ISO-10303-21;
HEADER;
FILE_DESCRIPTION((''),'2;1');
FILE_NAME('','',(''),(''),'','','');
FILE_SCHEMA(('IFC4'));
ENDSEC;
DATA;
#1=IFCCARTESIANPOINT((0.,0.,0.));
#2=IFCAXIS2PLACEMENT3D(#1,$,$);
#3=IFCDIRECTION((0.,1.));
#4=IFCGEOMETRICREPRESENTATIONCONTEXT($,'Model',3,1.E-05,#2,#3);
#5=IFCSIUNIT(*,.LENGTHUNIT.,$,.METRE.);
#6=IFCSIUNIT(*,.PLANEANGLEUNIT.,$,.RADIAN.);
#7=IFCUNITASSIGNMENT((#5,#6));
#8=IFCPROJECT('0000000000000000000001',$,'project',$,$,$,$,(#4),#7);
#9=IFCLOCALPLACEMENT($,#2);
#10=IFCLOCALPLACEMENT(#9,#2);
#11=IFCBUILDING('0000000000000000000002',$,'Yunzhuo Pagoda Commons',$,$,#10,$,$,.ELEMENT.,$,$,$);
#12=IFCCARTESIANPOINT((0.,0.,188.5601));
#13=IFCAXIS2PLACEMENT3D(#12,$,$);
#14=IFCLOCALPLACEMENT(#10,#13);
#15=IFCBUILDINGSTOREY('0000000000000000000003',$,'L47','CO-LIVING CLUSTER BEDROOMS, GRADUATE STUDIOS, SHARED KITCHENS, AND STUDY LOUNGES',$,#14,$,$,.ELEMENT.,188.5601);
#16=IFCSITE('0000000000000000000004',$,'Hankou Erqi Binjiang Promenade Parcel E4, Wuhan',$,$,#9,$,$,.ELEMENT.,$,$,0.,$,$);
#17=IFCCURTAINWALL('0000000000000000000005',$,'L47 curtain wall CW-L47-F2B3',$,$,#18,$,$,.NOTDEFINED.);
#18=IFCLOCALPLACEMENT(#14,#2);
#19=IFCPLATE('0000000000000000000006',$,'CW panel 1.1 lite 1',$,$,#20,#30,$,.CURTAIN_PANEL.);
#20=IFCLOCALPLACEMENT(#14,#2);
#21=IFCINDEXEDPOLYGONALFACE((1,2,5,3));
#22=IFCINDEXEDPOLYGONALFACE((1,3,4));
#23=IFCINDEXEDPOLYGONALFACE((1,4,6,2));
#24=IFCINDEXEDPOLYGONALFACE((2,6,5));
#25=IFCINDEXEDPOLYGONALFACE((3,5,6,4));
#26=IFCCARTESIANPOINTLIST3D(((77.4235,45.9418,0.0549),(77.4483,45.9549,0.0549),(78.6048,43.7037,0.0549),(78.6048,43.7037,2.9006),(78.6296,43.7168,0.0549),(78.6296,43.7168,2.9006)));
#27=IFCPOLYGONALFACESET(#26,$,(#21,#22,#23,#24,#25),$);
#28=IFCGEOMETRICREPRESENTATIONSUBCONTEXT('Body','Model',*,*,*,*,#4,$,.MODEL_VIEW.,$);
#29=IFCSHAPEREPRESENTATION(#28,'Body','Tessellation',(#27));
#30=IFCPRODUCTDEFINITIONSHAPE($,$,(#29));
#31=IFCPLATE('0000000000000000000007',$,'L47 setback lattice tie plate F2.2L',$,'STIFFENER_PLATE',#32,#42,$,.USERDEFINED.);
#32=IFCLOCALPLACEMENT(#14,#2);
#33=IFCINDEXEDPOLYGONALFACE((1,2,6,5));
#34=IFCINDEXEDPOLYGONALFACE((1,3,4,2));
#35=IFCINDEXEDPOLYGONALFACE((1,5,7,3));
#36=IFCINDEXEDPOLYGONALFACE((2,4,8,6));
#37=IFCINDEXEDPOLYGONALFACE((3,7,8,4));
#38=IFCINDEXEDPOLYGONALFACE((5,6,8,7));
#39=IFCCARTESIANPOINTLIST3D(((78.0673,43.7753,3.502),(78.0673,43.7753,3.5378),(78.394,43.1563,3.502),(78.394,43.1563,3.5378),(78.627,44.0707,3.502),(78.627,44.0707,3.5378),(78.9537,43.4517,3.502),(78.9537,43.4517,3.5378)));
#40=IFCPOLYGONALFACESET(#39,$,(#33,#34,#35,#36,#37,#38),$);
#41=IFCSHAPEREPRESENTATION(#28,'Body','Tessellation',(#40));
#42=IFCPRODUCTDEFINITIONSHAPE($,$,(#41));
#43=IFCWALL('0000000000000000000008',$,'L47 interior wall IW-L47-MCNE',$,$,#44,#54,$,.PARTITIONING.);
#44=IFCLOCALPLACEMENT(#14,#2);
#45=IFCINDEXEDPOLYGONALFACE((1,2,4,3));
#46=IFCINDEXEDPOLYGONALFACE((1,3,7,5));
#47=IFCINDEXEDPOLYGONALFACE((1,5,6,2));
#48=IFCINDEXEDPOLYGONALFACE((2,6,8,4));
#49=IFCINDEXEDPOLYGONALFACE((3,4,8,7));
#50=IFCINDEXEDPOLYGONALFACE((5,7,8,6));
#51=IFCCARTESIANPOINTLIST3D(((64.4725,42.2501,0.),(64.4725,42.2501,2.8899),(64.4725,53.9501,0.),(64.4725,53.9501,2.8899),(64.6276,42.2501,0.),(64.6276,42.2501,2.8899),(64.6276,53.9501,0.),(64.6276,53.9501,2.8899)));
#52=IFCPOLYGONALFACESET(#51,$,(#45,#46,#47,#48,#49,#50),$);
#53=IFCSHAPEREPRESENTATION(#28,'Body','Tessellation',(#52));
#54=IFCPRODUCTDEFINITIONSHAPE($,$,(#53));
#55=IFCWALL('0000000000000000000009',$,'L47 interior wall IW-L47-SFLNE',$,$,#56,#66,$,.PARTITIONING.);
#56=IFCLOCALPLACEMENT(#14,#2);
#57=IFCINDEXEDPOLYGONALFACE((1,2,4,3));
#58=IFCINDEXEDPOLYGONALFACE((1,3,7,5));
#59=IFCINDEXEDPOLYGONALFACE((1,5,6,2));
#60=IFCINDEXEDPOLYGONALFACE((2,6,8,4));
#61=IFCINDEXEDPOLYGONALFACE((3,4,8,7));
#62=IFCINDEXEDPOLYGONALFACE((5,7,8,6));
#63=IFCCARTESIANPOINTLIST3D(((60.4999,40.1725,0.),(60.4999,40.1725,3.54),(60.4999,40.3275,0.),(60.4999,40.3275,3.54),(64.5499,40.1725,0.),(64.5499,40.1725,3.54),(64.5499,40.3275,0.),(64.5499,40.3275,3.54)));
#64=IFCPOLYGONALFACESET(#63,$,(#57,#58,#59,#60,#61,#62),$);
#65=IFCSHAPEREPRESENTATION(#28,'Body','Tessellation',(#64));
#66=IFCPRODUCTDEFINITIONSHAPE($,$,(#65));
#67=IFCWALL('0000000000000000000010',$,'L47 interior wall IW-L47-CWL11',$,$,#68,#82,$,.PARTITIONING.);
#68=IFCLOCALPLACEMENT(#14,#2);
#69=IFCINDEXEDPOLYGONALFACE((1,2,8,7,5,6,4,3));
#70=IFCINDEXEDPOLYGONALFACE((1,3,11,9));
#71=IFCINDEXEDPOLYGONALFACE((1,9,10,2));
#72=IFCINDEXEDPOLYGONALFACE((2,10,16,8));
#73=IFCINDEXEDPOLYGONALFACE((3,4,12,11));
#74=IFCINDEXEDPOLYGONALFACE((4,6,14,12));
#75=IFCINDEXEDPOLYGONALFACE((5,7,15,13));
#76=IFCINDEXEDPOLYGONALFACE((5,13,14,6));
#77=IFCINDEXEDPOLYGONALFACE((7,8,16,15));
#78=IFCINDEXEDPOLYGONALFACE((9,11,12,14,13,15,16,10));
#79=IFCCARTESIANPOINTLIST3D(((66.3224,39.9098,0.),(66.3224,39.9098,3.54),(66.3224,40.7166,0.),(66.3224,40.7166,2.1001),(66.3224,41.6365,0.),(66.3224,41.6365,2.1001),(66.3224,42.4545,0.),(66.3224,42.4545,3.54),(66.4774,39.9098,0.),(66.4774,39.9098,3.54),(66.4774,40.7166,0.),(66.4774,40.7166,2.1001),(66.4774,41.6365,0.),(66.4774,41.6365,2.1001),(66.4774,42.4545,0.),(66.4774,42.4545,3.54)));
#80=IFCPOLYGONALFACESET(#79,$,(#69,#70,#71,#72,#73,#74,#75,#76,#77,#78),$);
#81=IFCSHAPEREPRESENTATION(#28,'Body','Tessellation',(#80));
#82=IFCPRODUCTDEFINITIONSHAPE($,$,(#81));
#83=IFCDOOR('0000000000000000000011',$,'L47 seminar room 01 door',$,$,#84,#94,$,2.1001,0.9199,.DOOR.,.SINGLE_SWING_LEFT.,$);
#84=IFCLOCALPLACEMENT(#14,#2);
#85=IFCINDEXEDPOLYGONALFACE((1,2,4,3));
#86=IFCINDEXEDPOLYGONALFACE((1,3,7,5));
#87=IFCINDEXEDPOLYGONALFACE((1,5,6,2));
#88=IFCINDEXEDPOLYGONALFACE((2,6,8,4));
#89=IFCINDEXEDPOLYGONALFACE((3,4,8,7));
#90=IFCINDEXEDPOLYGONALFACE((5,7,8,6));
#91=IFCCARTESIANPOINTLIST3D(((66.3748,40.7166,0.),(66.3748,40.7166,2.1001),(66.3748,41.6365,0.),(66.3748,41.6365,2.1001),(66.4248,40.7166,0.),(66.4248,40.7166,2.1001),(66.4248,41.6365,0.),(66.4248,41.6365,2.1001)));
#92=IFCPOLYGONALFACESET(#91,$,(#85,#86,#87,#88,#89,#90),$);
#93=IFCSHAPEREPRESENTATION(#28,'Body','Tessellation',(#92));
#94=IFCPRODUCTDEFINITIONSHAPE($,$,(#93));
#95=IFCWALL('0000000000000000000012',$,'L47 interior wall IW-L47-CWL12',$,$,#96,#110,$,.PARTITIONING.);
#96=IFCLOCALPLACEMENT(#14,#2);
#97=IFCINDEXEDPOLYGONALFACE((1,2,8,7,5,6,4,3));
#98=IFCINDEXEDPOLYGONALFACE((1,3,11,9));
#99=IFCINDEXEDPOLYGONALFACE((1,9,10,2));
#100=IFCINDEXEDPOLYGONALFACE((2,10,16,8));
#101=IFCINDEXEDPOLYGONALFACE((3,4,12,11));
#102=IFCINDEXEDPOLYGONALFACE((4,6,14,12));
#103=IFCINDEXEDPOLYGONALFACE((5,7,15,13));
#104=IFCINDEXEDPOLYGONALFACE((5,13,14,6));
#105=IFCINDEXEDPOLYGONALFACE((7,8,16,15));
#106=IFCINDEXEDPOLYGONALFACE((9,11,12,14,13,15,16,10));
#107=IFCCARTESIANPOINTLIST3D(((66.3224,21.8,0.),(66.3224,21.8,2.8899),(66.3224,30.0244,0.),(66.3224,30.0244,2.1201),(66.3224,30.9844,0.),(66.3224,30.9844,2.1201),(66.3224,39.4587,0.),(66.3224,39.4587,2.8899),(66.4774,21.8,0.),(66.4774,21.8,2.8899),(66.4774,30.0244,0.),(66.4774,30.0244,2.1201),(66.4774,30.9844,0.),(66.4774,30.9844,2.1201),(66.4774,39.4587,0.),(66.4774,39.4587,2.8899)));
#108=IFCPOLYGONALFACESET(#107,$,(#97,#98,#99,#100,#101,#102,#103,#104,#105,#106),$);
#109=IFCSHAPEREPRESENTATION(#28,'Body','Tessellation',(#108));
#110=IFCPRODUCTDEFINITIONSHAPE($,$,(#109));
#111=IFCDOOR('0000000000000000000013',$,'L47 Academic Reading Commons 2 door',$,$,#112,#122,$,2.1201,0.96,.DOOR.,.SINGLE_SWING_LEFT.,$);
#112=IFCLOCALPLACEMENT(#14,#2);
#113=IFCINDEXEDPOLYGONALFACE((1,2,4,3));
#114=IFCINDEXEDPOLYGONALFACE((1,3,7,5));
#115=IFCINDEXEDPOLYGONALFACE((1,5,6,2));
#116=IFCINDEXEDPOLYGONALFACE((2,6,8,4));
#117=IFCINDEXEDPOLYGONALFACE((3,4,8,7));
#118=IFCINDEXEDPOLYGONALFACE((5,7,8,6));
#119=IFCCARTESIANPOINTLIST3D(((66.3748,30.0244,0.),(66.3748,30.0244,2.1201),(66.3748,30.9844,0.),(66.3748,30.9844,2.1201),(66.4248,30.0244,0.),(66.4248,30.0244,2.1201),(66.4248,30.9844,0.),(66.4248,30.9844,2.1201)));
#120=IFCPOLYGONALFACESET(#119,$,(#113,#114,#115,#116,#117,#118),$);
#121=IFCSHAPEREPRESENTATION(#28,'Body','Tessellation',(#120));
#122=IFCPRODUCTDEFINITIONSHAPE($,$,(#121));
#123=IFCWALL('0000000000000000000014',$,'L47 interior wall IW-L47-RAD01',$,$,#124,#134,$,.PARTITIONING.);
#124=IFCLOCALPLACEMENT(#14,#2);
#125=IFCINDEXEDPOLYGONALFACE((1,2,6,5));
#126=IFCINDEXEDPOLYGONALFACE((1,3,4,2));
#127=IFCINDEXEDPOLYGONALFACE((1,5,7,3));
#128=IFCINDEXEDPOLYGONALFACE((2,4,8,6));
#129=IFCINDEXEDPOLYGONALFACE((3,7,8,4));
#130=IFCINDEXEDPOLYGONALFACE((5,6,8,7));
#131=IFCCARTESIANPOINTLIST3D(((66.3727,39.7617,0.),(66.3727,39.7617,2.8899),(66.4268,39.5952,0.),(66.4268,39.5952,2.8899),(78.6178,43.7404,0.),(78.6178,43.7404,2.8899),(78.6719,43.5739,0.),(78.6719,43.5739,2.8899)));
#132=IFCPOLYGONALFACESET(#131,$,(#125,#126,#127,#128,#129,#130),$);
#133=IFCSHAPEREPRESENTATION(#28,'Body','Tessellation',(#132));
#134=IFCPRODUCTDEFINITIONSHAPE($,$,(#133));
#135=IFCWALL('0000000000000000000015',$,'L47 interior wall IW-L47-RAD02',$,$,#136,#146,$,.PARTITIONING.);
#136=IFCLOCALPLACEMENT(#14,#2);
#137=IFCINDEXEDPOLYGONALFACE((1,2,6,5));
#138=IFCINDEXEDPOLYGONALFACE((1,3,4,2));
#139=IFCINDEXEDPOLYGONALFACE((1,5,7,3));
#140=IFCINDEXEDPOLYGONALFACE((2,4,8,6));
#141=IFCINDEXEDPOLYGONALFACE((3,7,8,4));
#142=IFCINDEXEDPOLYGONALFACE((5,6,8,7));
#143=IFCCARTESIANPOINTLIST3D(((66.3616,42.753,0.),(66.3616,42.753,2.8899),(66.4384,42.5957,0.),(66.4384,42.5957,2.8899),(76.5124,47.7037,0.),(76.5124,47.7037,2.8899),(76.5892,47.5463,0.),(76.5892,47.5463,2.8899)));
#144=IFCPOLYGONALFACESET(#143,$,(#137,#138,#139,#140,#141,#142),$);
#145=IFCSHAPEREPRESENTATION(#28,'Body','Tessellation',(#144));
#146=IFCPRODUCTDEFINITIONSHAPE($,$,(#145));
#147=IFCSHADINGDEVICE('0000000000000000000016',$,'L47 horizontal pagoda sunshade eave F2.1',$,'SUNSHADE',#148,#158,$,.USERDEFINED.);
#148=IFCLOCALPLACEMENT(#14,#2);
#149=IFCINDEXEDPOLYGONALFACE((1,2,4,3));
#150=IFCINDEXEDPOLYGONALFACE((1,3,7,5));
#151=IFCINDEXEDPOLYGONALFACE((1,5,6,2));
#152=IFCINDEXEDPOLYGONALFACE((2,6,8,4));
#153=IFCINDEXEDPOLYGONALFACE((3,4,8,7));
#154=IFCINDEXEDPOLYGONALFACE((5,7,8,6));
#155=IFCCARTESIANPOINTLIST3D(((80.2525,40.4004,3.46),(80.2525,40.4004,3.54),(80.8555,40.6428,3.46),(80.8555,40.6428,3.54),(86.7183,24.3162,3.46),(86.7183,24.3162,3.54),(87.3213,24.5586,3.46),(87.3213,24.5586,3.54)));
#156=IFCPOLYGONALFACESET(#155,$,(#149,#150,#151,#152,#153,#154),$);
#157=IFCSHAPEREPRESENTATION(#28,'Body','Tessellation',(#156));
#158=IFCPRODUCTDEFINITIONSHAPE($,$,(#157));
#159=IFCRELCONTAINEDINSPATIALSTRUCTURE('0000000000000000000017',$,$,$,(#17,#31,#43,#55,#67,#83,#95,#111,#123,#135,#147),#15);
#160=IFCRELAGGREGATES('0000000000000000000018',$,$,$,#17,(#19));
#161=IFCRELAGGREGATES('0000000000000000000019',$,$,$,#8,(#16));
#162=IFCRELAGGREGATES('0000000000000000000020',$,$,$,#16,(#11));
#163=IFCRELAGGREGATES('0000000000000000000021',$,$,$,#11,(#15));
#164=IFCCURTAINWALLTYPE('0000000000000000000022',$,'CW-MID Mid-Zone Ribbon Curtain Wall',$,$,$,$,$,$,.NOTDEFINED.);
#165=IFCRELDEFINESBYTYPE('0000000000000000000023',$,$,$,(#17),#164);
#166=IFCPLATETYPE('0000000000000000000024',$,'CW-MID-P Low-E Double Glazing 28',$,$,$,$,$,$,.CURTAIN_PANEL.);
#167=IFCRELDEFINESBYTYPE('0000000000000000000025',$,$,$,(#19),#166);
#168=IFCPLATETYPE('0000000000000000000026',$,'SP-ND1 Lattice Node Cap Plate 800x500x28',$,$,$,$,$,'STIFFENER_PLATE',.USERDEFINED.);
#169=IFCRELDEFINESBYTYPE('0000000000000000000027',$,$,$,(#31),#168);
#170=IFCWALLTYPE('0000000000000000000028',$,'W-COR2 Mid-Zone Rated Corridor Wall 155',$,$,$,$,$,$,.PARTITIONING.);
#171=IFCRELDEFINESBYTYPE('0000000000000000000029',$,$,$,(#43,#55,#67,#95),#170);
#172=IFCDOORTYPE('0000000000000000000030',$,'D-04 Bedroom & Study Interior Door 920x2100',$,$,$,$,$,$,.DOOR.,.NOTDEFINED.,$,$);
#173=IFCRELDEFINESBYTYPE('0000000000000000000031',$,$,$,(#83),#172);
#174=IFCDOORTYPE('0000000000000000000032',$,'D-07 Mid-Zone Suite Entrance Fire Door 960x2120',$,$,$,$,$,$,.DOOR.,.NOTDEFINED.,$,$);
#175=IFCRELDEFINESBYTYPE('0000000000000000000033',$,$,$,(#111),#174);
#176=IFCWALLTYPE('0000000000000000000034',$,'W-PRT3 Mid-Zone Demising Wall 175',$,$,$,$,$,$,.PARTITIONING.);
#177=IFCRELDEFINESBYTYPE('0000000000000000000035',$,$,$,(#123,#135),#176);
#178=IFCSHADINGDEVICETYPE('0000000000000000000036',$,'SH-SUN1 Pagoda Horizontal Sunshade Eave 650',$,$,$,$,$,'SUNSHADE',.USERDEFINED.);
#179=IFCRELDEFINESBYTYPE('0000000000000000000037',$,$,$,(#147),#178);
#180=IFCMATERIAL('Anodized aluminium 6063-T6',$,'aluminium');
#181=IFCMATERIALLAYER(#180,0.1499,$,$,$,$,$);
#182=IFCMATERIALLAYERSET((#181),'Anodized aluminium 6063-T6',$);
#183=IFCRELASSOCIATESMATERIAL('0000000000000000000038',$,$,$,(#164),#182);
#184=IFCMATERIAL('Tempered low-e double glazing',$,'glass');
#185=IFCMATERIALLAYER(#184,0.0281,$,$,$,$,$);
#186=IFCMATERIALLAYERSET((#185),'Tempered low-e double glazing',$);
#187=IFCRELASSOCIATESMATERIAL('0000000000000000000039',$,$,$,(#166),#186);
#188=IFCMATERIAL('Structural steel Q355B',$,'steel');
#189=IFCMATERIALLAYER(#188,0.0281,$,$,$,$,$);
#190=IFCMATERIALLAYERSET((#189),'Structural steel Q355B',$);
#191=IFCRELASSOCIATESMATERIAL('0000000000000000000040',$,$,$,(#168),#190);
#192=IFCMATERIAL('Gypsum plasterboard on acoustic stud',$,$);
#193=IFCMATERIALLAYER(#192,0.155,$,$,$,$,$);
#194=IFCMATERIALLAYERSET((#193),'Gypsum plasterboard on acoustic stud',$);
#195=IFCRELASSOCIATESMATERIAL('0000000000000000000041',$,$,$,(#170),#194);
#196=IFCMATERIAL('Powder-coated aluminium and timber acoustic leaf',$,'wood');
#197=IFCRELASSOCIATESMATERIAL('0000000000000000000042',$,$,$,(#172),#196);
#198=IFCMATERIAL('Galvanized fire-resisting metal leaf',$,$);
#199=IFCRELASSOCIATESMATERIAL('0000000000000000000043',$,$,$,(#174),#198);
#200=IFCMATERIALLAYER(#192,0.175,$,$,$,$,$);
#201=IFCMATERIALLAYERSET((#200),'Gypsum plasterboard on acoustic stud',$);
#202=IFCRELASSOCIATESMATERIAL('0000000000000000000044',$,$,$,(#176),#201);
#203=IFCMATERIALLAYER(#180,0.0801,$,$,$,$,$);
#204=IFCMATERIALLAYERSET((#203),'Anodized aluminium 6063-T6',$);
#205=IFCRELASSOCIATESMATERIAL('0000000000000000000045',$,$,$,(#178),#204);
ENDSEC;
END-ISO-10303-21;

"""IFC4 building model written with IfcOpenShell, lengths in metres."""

from ifc_helpers import new_model, si_unit, direction, frame, frame_2d, origin, origin_with_axes, origin_2d, place, context, subcontext, project, spatial, polyline, rectangle, outline, extrude, source, transform, mapped, material, layer, layer_set, type_object, element, fill, aggregate, save


model = new_model("IFC4")

# Units and contexts
model_context = context("Model", 3, precision=1e-05, world=origin(), true_north=direction((0.0, 1.0)))
body_context = subcontext(model_context, "Body", "Model", "MODEL_VIEW")
ifc_project = project(units=[si_unit("LENGTHUNIT", "METRE"), si_unit("PLANEANGLEUNIT", "RADIAN")], contexts=[model_context])

# Site, building, storey
site_placement = place(None, origin())
site = spatial("IfcSite", under=ifc_project, at=site_placement, Name="Hankou Erqi Binjiang Promenade Parcel E4, Wuhan", CompositionType="ELEMENT", RefElevation=0.0)
building_placement = place(site_placement, origin())
building = spatial("IfcBuilding", under=site, at=building_placement, Name="Yunzhuo Pagoda Commons", CompositionType="ELEMENT")
storey_placement = place(building_placement, frame((0.0, 0.0, 188.5601)))
storey = spatial("IfcBuildingStorey", under=building, at=storey_placement, Name="L47", Description="CO-LIVING CLUSTER BEDROOMS, GRADUATE STUDIOS, SHARED KITCHENS, AND STUDY LOUNGES", CompositionType="ELEMENT", Elevation=188.5601)

# Shared definitions
ifc_material_1 = material(Name="Structural steel Q355B", Category="steel")

# Shared definitions
ifc_material_2 = material(Name="Anodized aluminium 6063-T6", Category="aluminium")
ifc_layer_1 = layer(ifc_material_2, 0.1499)
ifc_layer_set_1 = layer_set([ifc_layer_1], Name="Anodized aluminium 6063-T6")
curtain_wall_type = type_object("IfcCurtainWallType", Name="CW-MID Mid-Zone Ribbon Curtain Wall", PredefinedType="NOTDEFINED", material=ifc_layer_set_1)

# Curtain wall
curtain_wall_1_placement = place(storey_placement, origin())
curtain_wall_1 = element("IfcCurtainWall", 1, at=curtain_wall_1_placement, inside=storey, type_object=curtain_wall_type, Name="L47 curtain wall CW-L47-F2B3", PredefinedType="NOTDEFINED")

# Plates
ifc_material_3 = material(Name="Tempered low-e double glazing", Category="glass")
ifc_layer_2 = layer(ifc_material_3, 0.0281)
ifc_layer_set_2 = layer_set([ifc_layer_2], Name="Tempered low-e double glazing")
plate_type_1 = type_object("IfcPlateType", Name="CW-MID-P Low-E Double Glazing 28", PredefinedType="CURTAIN_PANEL", material=ifc_layer_set_2)
plate_1_placement = place(storey_placement, frame((78.0142, 44.8228, 1.4778), z_axis=(0.884373, 0.466781, 0.0), x_axis=(-0.466781, 0.884373, 0.0)))
plate_1 = element("IfcPlate", 2, at=plate_1_placement, type_object=plate_type_1, Name="CW panel 1.1 lite 1", PredefinedType="CURTAIN_PANEL", context=body_context, shape_type="SweptSolid", body=[
    extrude(outline(polyline([(-1.2654, -1.4229), (1.2654, -1.4229), (-1.2654, 1.4229), (-1.2654, -1.4229)])), origin(), (0.0, 0.0, 1.0), 0.0281),
])
aggregate(curtain_wall_1, [plate_1])
ifc_layer_3 = layer(ifc_material_1, 0.0281)
ifc_layer_set_3 = layer_set([ifc_layer_3], Name="Structural steel Q355B")
plate_type_2 = type_object("IfcPlateType", Name="SP-ND1 Lattice Node Cap Plate 800x500x28", ElementType="STIFFENER_PLATE", PredefinedType="USERDEFINED", material=ifc_layer_set_3)
shared_shape_1 = source(origin(), body_context, "Body", "SweptSolid", [
    extrude(rectangle(XDim=0.7, YDim=0.6328, at=origin_2d()), origin(), (0.0, 0.0, 1.0), 0.0359),
])
plate_2_placement = place(storey_placement, frame((78.5105, 43.6135, 3.502), z_axis=(0.0, 0.0, 1.0), x_axis=(-0.466788, 0.884369, 0.0)))
element("IfcPlate", 3, at=plate_2_placement, inside=storey, type_object=plate_type_2, Name="L47 setback lattice tie plate F2.2L", ObjectType="STIFFENER_PLATE", PredefinedType="USERDEFINED", context=body_context, shape_type="MappedRepresentation", body=[
    mapped(shared_shape_1, transform((0.0, 0.0, 0.0), scale=1.0)),
])

# Walls
ifc_material_4 = material(Name="Gypsum plasterboard on acoustic stud")
ifc_layer_4 = layer(ifc_material_4, 0.155)
ifc_layer_set_4 = layer_set([ifc_layer_4], Name="Gypsum plasterboard on acoustic stud")
wall_type_1 = type_object("IfcWallType", Name="W-COR2 Mid-Zone Rated Corridor Wall 155", PredefinedType="PARTITIONING", material=ifc_layer_set_4)
wall_1_placement = place(storey_placement, frame((64.55, 42.25, 0.0), z_axis=(0.0, 0.0, 1.0), x_axis=(0.0, 1.0, 0.0)))
element("IfcWall", 4, at=wall_1_placement, inside=storey, type_object=wall_type_1, Name="L47 interior wall IW-L47-MCNE", PredefinedType="PARTITIONING", context=body_context, shape_type="SweptSolid", body=[
    extrude(rectangle(XDim=11.7, YDim=0.155, at=frame_2d((5.8501, 0.0))), origin(), (0.0, 0.0, 1.0), 2.8899),
])
wall_2_placement = place(storey_placement, frame((60.5, 40.25, 0.0), z_axis=(0.0, 0.0, 1.0), x_axis=(1.0, 0.0, 0.0)))
element("IfcWall", 5, at=wall_2_placement, inside=storey, type_object=wall_type_1, Name="L47 interior wall IW-L47-SFLNE", PredefinedType="PARTITIONING", context=body_context, shape_type="SweptSolid", body=[
    extrude(rectangle(XDim=4.05, YDim=0.155, at=frame_2d((2.0249, 0.0))), origin(), (0.0, 0.0, 1.0), 3.54),
])

# Walls, openings, doors
wall_3_placement = place(storey_placement, frame((66.3999, 42.4546, 0.0), z_axis=(0.0, 0.0, 1.0), x_axis=(0.0, -1.0, 0.0)))
wall_3 = element("IfcWall", 6, at=wall_3_placement, inside=storey, type_object=wall_type_1, Name="L47 interior wall IW-L47-CWL11", PredefinedType="PARTITIONING", context=body_context, shape_type="SweptSolid", body=[
    extrude(rectangle(XDim=2.5447, YDim=0.155, at=frame_2d((1.2725, 0.0))), origin(), (0.0, 0.0, 1.0), 3.54),
])
opening_1_placement = place(wall_3_placement, frame((0.8181, 0.0, 0.0)))
opening_1 = element("IfcOpeningElement", 7, at=opening_1_placement, cuts=wall_3, PredefinedType="OPENING", context=body_context, shape_type="SweptSolid", body=[
    extrude(rectangle(XDim=0.9199, YDim=2.1001, at=frame_2d((0.46, 1.05))), frame((0.0, 0.0874, 0.0), z_axis=(0.0, -1.0, 0.0), x_axis=(1.0, 0.0, 0.0)), (0.0, 0.0, 1.0), 0.175),
])
ifc_material_5 = material(Name="Powder-coated aluminium and timber acoustic leaf", Category="wood")
door_type_1 = type_object("IfcDoorType", Name="D-04 Bedroom & Study Interior Door 920x2100", OperationType="NOTDEFINED", PredefinedType="DOOR", material=ifc_material_5)
shared_shape_2 = source(origin(), body_context, "Body", "SweptSolid", [
    extrude(rectangle(XDim=0.9199, YDim=2.1001, at=frame_2d((0.46, 1.05))), frame((0.0, 0.0249, 0.0), z_axis=(0.0, -1.0, 0.0), x_axis=(1.0, 0.0, 0.0)), (0.0, 0.0, 1.0), 0.05),
])
door_1_placement = place(opening_1_placement, origin_with_axes())
door_1 = element("IfcDoor", 8, at=door_1_placement, inside=storey, type_object=door_type_1, Name="L47 seminar room 01 door", OperationType="SINGLE_SWING_LEFT", OverallHeight=2.1001, OverallWidth=0.9199, PredefinedType="DOOR", context=body_context, shape_type="MappedRepresentation", body=[
    mapped(shared_shape_2, transform((0.0, 0.0, 0.0), scale=1.0)),
])
fill(opening_1, door_1)
wall_4_placement = place(storey_placement, frame((66.3999, 39.4587, 0.0), z_axis=(0.0, 0.0, 1.0), x_axis=(0.0, -1.0, 0.0)))
wall_4 = element("IfcWall", 9, at=wall_4_placement, inside=storey, type_object=wall_type_1, Name="L47 interior wall IW-L47-CWL12", PredefinedType="PARTITIONING", context=body_context, shape_type="SweptSolid", body=[
    extrude(rectangle(XDim=17.6587, YDim=0.155, at=frame_2d((8.8293, 0.0))), origin(), (0.0, 0.0, 1.0), 2.8899),
])
opening_2_placement = place(wall_4_placement, frame((8.4744, 0.0, 0.0)))
opening_2 = element("IfcOpeningElement", 10, at=opening_2_placement, cuts=wall_4, PredefinedType="OPENING", context=body_context, shape_type="SweptSolid", body=[
    extrude(rectangle(XDim=0.96, YDim=2.1201, at=frame_2d((0.48, 1.0601))), frame((0.0, 0.0874, 0.0), z_axis=(0.0, -1.0, 0.0), x_axis=(1.0, 0.0, 0.0)), (0.0, 0.0, 1.0), 0.175),
])
ifc_material_6 = material(Name="Galvanized fire-resisting metal leaf")
door_type_2 = type_object("IfcDoorType", Name="D-07 Mid-Zone Suite Entrance Fire Door 960x2120", OperationType="NOTDEFINED", PredefinedType="DOOR", material=ifc_material_6)
shared_shape_3 = source(origin(), body_context, "Body", "SweptSolid", [
    extrude(rectangle(XDim=0.96, YDim=2.1201, at=frame_2d((0.48, 1.0601))), frame((0.0, 0.0249, 0.0), z_axis=(0.0, -1.0, 0.0), x_axis=(1.0, 0.0, 0.0)), (0.0, 0.0, 1.0), 0.05),
])
door_2_placement = place(opening_2_placement, origin_with_axes())
door_2 = element("IfcDoor", 11, at=door_2_placement, inside=storey, type_object=door_type_2, Name="L47 Academic Reading Commons 2 door", OperationType="SINGLE_SWING_LEFT", OverallHeight=2.1201, OverallWidth=0.96, PredefinedType="DOOR", context=body_context, shape_type="MappedRepresentation", body=[
    mapped(shared_shape_3, transform((0.0, 0.0, 0.0), scale=1.0)),
])
fill(opening_2, door_2)

# Walls
ifc_layer_5 = layer(ifc_material_4, 0.175)
ifc_layer_set_5 = layer_set([ifc_layer_5], Name="Gypsum plasterboard on acoustic stud")
wall_type_2 = type_object("IfcWallType", Name="W-PRT3 Mid-Zone Demising Wall 175", PredefinedType="PARTITIONING", material=ifc_layer_set_5)
wall_5_placement = place(storey_placement, frame((66.3999, 39.6785, 0.0), z_axis=(0.0, 0.0, 1.0), x_axis=(0.951055, 0.309023, 0.0)))
element("IfcWall", 12, at=wall_5_placement, inside=storey, type_object=wall_type_2, Name="L47 interior wall IW-L47-RAD01", PredefinedType="PARTITIONING", context=body_context, shape_type="SweptSolid", body=[
    extrude(rectangle(XDim=12.8752, YDim=0.175, at=frame_2d((6.4375, 0.0))), origin(), (0.0, 0.0, 1.0), 2.8899),
])
wall_6_placement = place(storey_placement, frame((66.3999, 42.6743, 0.0), z_axis=(0.0, 0.0, 1.0), x_axis=(0.898802, 0.438355, 0.0)))
element("IfcWall", 13, at=wall_6_placement, inside=storey, type_object=wall_type_2, Name="L47 interior wall IW-L47-RAD02", PredefinedType="PARTITIONING", context=body_context, shape_type="SweptSolid", body=[
    extrude(rectangle(XDim=11.2937, YDim=0.175, at=frame_2d((5.647, 0.0))), origin(), (0.0, 0.0, 1.0), 2.8899),
])

# Shading device
ifc_layer_6 = layer(ifc_material_2, 0.0801)
ifc_layer_set_6 = layer_set([ifc_layer_6], Name="Anodized aluminium 6063-T6")
shading_device_type = type_object("IfcShadingDeviceType", Name="SH-SUN1 Pagoda Horizontal Sunshade Eave 650", ElementType="SUNSHADE", PredefinedType="USERDEFINED", material=ifc_layer_set_6)
shared_shape_4 = source(origin(), body_context, "Body", "SweptSolid", [
    extrude(rectangle(XDim=17.3352, YDim=0.6499, at=origin_2d()), origin(), (0.0, 0.0, 1.0), 0.0801),
])
shading_device_placement = place(storey_placement, frame((83.7869, 32.4795, 3.46), z_axis=(0.0, 0.0, 1.0), x_axis=(-0.372988, 0.927836, 0.0)))
element("IfcShadingDevice", 14, at=shading_device_placement, inside=storey, type_object=shading_device_type, Name="L47 horizontal pagoda sunshade eave F2.1", ObjectType="SUNSHADE", PredefinedType="USERDEFINED", context=body_context, shape_type="MappedRepresentation", body=[
    mapped(shared_shape_4, transform((0.0, 0.0, 0.0), scale=1.0)),
])

save(model, "model.ifc")
